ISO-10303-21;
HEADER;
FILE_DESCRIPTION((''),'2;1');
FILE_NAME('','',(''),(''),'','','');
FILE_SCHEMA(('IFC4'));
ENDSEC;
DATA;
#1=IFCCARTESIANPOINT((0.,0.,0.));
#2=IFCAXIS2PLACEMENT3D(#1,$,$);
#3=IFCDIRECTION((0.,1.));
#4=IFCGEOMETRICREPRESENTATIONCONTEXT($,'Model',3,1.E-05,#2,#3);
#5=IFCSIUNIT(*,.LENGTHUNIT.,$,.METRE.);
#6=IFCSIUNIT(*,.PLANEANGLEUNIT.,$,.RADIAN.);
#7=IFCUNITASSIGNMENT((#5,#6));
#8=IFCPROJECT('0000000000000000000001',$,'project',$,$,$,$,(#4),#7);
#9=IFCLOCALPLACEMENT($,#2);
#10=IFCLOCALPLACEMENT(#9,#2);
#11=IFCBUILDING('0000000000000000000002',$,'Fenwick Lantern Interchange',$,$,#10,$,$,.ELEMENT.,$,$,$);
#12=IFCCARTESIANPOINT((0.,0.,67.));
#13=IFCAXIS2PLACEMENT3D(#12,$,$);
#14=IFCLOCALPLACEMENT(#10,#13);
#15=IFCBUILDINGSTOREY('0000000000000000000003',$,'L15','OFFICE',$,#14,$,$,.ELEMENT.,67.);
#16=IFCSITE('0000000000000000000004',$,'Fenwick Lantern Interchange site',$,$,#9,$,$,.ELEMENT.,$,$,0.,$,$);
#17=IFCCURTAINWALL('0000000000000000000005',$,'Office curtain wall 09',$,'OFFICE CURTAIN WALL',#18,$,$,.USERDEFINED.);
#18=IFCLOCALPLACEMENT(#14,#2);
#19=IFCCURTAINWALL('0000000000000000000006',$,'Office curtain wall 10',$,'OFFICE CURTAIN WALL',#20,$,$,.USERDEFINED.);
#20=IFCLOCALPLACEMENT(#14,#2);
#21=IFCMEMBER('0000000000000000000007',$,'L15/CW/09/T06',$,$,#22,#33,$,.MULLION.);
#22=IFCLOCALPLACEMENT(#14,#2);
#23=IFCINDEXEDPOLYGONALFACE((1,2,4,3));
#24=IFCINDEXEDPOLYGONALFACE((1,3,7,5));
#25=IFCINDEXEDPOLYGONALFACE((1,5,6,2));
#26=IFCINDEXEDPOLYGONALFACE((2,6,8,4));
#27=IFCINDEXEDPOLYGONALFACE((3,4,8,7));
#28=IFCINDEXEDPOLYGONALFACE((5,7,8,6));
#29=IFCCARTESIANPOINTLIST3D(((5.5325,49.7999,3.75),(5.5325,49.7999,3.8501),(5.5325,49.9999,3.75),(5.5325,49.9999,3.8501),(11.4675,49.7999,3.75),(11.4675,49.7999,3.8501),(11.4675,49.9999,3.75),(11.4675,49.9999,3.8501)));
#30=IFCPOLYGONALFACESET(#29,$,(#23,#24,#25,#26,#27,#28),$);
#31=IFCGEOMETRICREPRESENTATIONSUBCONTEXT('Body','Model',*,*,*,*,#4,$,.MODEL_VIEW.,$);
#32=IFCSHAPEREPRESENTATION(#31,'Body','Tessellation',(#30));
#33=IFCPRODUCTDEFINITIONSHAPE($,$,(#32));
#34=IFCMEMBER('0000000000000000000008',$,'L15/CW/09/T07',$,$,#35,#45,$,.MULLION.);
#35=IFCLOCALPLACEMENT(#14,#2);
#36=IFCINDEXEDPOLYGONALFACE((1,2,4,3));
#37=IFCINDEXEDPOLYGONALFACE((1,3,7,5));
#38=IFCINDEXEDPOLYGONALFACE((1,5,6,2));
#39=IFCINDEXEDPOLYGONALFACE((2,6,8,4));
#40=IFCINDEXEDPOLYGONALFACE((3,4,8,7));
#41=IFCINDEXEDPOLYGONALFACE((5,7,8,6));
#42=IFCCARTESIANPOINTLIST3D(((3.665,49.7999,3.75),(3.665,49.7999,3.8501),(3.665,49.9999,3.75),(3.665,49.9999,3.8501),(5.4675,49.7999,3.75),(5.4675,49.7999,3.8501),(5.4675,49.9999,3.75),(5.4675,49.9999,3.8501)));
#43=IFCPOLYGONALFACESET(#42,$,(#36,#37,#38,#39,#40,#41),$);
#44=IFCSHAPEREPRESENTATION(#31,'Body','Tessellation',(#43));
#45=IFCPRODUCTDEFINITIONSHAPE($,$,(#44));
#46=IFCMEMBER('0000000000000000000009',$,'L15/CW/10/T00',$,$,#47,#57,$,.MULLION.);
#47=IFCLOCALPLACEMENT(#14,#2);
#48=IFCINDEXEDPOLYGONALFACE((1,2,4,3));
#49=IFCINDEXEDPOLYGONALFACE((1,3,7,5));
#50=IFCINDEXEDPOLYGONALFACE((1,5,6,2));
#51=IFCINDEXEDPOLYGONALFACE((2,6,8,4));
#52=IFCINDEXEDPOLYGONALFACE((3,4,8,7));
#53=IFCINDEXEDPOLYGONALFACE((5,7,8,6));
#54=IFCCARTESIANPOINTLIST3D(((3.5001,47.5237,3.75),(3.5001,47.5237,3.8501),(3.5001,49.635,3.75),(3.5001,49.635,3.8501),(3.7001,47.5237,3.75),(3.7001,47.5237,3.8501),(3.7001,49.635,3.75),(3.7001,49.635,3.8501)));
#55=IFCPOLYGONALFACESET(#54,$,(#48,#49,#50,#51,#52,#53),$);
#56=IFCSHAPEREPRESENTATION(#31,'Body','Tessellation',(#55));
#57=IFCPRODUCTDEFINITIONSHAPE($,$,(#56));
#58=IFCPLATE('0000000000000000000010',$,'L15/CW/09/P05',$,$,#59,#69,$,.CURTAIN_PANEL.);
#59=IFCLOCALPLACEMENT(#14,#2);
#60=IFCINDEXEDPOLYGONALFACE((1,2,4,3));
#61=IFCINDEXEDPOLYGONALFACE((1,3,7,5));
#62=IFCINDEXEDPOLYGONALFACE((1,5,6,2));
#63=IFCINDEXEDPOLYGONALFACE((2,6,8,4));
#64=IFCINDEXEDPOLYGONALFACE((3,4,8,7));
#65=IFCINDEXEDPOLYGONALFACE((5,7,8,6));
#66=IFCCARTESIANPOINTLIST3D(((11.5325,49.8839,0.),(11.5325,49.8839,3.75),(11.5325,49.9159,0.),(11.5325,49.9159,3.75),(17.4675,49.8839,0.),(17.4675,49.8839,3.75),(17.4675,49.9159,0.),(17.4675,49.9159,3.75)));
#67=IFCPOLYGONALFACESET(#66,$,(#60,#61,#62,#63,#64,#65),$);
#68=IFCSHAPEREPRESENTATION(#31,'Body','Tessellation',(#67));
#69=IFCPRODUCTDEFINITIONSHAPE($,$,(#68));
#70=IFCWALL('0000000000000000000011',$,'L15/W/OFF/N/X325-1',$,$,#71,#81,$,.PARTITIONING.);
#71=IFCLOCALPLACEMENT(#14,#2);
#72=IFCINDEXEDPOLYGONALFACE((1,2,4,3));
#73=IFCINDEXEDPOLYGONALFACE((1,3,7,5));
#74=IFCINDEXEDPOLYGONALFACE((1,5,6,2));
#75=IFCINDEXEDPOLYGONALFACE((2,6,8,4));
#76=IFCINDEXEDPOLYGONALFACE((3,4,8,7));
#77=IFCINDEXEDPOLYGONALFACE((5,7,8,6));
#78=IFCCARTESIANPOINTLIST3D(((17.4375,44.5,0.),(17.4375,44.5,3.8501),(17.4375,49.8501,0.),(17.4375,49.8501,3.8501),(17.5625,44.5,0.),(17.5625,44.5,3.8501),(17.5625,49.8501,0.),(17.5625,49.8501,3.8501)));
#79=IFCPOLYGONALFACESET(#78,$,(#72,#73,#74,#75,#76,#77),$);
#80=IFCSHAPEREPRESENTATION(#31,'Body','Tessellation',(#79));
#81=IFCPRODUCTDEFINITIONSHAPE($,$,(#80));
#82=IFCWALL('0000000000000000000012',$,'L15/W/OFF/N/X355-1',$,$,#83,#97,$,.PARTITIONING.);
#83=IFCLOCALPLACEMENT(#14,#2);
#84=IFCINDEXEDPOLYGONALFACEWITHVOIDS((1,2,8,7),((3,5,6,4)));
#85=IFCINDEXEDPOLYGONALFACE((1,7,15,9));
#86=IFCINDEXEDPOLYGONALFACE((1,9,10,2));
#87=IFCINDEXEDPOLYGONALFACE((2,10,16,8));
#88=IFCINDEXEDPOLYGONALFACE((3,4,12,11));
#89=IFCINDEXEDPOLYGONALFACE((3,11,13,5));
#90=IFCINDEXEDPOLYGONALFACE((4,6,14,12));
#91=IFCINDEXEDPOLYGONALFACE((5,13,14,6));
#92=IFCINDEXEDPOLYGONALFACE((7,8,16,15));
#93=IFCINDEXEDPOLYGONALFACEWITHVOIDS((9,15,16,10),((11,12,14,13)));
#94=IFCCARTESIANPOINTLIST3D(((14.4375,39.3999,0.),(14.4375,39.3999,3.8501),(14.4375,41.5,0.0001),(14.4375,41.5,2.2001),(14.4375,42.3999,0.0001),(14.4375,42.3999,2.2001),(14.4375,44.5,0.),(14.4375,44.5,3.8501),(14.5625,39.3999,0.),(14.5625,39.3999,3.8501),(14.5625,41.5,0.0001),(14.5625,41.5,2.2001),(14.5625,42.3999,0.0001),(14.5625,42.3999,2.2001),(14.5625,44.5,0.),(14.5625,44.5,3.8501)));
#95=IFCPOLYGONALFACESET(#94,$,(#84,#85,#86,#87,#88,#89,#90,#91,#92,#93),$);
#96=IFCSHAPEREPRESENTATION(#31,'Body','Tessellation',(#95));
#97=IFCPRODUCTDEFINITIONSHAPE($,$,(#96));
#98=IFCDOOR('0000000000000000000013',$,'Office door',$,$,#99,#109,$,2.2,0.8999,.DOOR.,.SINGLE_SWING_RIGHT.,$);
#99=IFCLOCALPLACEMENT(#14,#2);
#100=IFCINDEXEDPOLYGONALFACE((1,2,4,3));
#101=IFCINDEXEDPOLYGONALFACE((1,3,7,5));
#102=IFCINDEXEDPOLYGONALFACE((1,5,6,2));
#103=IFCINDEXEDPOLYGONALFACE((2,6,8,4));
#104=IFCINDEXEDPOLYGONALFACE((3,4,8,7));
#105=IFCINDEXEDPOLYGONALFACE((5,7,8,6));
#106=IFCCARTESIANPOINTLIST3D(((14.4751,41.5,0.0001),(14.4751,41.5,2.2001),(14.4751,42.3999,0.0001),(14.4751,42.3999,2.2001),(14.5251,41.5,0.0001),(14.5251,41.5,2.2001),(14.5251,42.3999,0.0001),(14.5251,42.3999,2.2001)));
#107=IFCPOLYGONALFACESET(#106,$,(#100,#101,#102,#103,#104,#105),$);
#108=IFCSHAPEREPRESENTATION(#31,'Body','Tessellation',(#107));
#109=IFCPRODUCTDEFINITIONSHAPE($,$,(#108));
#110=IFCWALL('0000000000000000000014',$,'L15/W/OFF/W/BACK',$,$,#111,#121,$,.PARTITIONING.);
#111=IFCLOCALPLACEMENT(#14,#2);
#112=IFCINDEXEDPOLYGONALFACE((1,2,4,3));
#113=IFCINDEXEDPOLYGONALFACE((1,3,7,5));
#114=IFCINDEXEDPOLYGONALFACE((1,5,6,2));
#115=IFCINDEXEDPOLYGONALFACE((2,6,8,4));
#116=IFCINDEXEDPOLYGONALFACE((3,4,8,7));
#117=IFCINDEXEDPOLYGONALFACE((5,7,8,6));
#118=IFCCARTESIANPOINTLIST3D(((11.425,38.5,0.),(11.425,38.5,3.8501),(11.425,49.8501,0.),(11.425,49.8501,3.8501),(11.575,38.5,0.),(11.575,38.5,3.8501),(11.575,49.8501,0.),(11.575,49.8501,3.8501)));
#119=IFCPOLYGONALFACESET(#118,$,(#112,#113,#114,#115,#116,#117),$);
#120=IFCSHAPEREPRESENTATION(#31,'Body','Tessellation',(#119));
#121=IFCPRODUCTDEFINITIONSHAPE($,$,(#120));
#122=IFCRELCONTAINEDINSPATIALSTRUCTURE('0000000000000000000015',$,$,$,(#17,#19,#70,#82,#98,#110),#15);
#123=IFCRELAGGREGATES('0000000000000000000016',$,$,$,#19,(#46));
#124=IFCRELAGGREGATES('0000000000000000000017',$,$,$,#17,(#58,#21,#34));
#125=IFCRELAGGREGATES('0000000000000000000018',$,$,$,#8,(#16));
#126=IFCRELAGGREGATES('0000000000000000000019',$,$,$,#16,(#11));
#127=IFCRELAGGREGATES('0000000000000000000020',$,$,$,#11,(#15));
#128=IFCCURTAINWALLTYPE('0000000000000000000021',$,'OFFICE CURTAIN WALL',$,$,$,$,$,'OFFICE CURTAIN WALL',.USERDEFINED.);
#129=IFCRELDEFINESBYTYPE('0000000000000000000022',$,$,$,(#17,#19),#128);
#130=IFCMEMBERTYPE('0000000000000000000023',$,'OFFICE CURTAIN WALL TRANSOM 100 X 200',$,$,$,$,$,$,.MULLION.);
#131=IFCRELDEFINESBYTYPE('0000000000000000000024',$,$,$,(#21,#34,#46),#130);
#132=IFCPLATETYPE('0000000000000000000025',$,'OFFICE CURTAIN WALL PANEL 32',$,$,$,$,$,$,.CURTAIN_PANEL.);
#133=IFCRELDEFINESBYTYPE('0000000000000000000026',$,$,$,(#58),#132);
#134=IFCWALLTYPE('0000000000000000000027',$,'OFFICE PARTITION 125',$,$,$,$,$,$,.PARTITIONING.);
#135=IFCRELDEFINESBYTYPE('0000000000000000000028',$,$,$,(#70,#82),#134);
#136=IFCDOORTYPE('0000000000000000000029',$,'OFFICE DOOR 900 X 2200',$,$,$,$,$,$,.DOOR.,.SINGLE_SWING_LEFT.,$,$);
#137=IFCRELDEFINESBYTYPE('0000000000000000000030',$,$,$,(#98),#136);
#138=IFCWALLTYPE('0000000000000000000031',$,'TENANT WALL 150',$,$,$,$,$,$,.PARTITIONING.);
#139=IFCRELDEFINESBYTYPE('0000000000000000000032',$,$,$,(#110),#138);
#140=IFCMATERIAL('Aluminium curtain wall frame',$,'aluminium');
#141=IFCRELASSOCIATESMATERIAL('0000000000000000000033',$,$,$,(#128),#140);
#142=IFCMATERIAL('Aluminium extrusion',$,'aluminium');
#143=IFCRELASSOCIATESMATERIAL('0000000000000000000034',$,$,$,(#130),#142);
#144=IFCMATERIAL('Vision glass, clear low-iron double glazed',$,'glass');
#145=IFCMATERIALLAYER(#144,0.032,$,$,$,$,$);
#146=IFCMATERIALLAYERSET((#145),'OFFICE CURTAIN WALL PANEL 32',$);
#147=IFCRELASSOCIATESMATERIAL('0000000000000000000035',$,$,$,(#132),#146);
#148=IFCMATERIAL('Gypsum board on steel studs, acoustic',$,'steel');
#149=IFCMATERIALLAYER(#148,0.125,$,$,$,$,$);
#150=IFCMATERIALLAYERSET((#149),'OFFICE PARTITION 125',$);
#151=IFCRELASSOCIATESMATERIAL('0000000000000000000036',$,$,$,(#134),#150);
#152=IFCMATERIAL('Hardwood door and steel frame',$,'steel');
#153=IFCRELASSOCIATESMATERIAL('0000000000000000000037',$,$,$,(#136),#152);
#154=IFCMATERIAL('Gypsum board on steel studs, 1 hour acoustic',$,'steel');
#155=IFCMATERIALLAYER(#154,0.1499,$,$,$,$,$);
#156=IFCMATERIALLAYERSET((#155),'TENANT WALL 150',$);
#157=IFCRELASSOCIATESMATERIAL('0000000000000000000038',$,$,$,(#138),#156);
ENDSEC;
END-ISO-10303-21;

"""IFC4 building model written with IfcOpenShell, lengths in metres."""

from ifc_helpers import new_model, si_unit, direction, frame, frame_2d, origin, origin_2d, place, context, subcontext, project, spatial, rectangle, extrude, material, layer, layer_set, material_profile, profile_set, type_object, element, fill, aggregate, save


model = new_model("IFC4")

# Units and contexts
model_context = context("Model", 3, precision=1e-05, world=origin(), true_north=direction((0.0, 1.0)))
body_context = subcontext(model_context, "Body", "Model", "MODEL_VIEW")
ifc_project = project(units=[si_unit("LENGTHUNIT", "METRE"), si_unit("PLANEANGLEUNIT", "RADIAN")], contexts=[model_context])

# Site, building, storey
site_placement = place(None, origin())
site = spatial("IfcSite", under=ifc_project, at=site_placement, Name="Fenwick Lantern Interchange site", CompositionType="ELEMENT", RefElevation=0.0)
building_placement = place(site_placement, origin())
building = spatial("IfcBuilding", under=site, at=building_placement, Name="Fenwick Lantern Interchange", CompositionType="ELEMENT")
storey_placement = place(building_placement, frame((0.0, 0.0, 67.0)))
storey = spatial("IfcBuildingStorey", under=building, at=storey_placement, Name="L15", Description="OFFICE", CompositionType="ELEMENT", Elevation=67.0)

# Curtain walls
ifc_material_1 = material(Name="Aluminium curtain wall frame", Category="aluminium")
curtain_wall_type = type_object("IfcCurtainWallType", Name="OFFICE CURTAIN WALL", ElementType="OFFICE CURTAIN WALL", PredefinedType="USERDEFINED", material=ifc_material_1)
curtain_wall_1_placement = place(storey_placement, origin())
curtain_wall_1 = element("IfcCurtainWall", 1, at=curtain_wall_1_placement, inside=storey, type_object=curtain_wall_type, Name="Office curtain wall 09", ObjectType="OFFICE CURTAIN WALL", PredefinedType="USERDEFINED")
ifc_material_2 = material(Name="Aluminium extrusion", Category="aluminium")
curtain_wall_2_placement = place(storey_placement, origin())
curtain_wall_2 = element("IfcCurtainWall", 2, at=curtain_wall_2_placement, inside=storey, type_object=curtain_wall_type, Name="Office curtain wall 10", ObjectType="OFFICE CURTAIN WALL", PredefinedType="USERDEFINED")

# Members
ifc_material_profile_1 = material_profile(ifc_material_2, rectangle(XDim=0.2, YDim=0.1001, at=origin_2d()), Name="OFFICE CURTAIN WALL TRANSOM 100 X 200")
ifc_profile_set_1 = profile_set([ifc_material_profile_1], Name="Aluminium extrusion")
member_type_1 = type_object("IfcMemberType", Name="OFFICE CURTAIN WALL TRANSOM 100 X 200", PredefinedType="MULLION", material=ifc_profile_set_1)
member_1_placement = place(storey_placement, frame((11.4675, 49.8999, 3.8), z_axis=(-1.0, 0.0, 0.0), x_axis=(0.0, -1.0, 0.0)))
member_1 = element("IfcMember", 3, at=member_1_placement, type_object=member_type_1, Name="L15/CW/09/T06", PredefinedType="MULLION", context=body_context, shape_type="SweptSolid", body=[
    extrude(rectangle(XDim=0.2, YDim=0.1001, at=origin_2d()), origin(), (0.0, 0.0, 1.0), 5.9351),
])
member_2_placement = place(storey_placement, frame((5.4675, 49.8999, 3.8), z_axis=(-1.0, 0.0, 0.0), x_axis=(0.0, -1.0, 0.0)))
member_2 = element("IfcMember", 4, at=member_2_placement, type_object=member_type_1, Name="L15/CW/09/T07", PredefinedType="MULLION", context=body_context, shape_type="SweptSolid", body=[
    extrude(rectangle(XDim=0.2, YDim=0.1001, at=origin_2d()), origin(), (0.0, 0.0, 1.0), 1.8025),
])
member_3_placement = place(storey_placement, frame((3.6001, 49.635, 3.8), z_axis=(0.0, -1.0, 0.0), x_axis=(1.0, 0.0, 0.0)))
member_3 = element("IfcMember", 5, at=member_3_placement, type_object=member_type_1, Name="L15/CW/10/T00", PredefinedType="MULLION", context=body_context, shape_type="SweptSolid", body=[
    extrude(rectangle(XDim=0.2, YDim=0.1001, at=origin_2d()), origin(), (0.0, 0.0, 1.0), 2.1113),
])
aggregate(curtain_wall_2, [member_3])

# Plate
ifc_material_3 = material(Name="Vision glass, clear low-iron double glazed", Category="glass")
ifc_layer_1 = layer(ifc_material_3, 0.032)
ifc_layer_set_1 = layer_set([ifc_layer_1], Name="OFFICE CURTAIN WALL PANEL 32")
plate_type = type_object("IfcPlateType", Name="OFFICE CURTAIN WALL PANEL 32", PredefinedType="CURTAIN_PANEL", material=ifc_layer_set_1)
plate_placement = place(storey_placement, frame((14.5, 49.8999, 0.0), z_axis=(0.0, 0.0, 1.0), x_axis=(-1.0, 0.0, 0.0)))
plate = element("IfcPlate", 6, at=plate_placement, type_object=plate_type, Name="L15/CW/09/P05", PredefinedType="CURTAIN_PANEL", context=body_context, shape_type="SweptSolid", body=[
    extrude(rectangle(XDim=5.9351, YDim=0.032, at=origin_2d()), origin(), (0.0, 0.0, 1.0), 3.75),
])
aggregate(curtain_wall_1, [plate, member_1, member_2])

# Wall
ifc_material_4 = material(Name="Gypsum board on steel studs, acoustic", Category="steel")
ifc_layer_2 = layer(ifc_material_4, 0.125)
ifc_layer_set_2 = layer_set([ifc_layer_2], Name="OFFICE PARTITION 125")
wall_type_1 = type_object("IfcWallType", Name="OFFICE PARTITION 125", PredefinedType="PARTITIONING", material=ifc_layer_set_2)
wall_1_placement = place(storey_placement, frame((17.5, 49.8501, 0.0), z_axis=(0.0, 0.0, 1.0), x_axis=(0.0, -1.0, 0.0)))
element("IfcWall", 7, at=wall_1_placement, inside=storey, type_object=wall_type_1, Name="L15/W/OFF/N/X325-1", PredefinedType="PARTITIONING", context=body_context, shape_type="SweptSolid", body=[
    extrude(rectangle(XDim=5.3501, YDim=0.125, at=frame_2d((2.675, 0.0))), origin(), (0.0, 0.0, 1.0), 3.8501),
])

# Wall, opening, door
wall_2_placement = place(storey_placement, frame((14.5, 44.5, 0.0), z_axis=(0.0, 0.0, 1.0), x_axis=(0.0, -1.0, 0.0)))
wall_2 = element("IfcWall", 8, at=wall_2_placement, inside=storey, type_object=wall_type_1, Name="L15/W/OFF/N/X355-1", PredefinedType="PARTITIONING", context=body_context, shape_type="SweptSolid", body=[
    extrude(rectangle(XDim=5.1001, YDim=0.125, at=frame_2d((2.55, 0.0))), origin(), (0.0, 0.0, 1.0), 3.8501),
])
opening_placement = place(wall_2_placement, frame((2.1001, 0.0, 0.0)))
opening = element("IfcOpeningElement", 9, at=opening_placement, cuts=wall_2, PredefinedType="OPENING", context=body_context, shape_type="SweptSolid", body=[
    extrude(rectangle(XDim=0.8999, YDim=2.2, at=frame_2d((0.45, 1.1001))), frame((0.0, 0.0725, 0.0), z_axis=(0.0, -1.0, 0.0), x_axis=(1.0, 0.0, 0.0)), (0.0, 0.0, 1.0), 0.145),
])
ifc_material_5 = material(Name="Hardwood door and steel frame", Category="steel")
door_type = type_object("IfcDoorType", Name="OFFICE DOOR 900 X 2200", OperationType="SINGLE_SWING_LEFT", PredefinedType="DOOR", material=ifc_material_5)
door_placement = place(opening_placement, frame((0.8999, 0.0, 0.0), z_axis=(0.0, 0.0, 1.0), x_axis=(-1.0, 0.0, 0.0)))
door = element("IfcDoor", 10, at=door_placement, inside=storey, type_object=door_type, Name="Office door", OperationType="SINGLE_SWING_RIGHT", OverallHeight=2.2, OverallWidth=0.8999, PredefinedType="DOOR", context=body_context, shape_type="SweptSolid", body=[
    extrude(rectangle(XDim=0.8999, YDim=2.2, at=frame_2d((0.45, 1.1001))), frame((0.0, 0.0249, 0.0), z_axis=(0.0, -1.0, 0.0), x_axis=(1.0, 0.0, 0.0)), (0.0, 0.0, 1.0), 0.05),
])
fill(opening, door)

# Wall
ifc_material_6 = material(Name="Gypsum board on steel studs, 1 hour acoustic", Category="steel")
ifc_layer_3 = layer(ifc_material_6, 0.1499)
ifc_layer_set_3 = layer_set([ifc_layer_3], Name="TENANT WALL 150")
wall_type_2 = type_object("IfcWallType", Name="TENANT WALL 150", PredefinedType="PARTITIONING", material=ifc_layer_set_3)
wall_3_placement = place(storey_placement, frame((11.5, 49.8501, 0.0), z_axis=(0.0, 0.0, 1.0), x_axis=(0.0, -1.0, 0.0)))
element("IfcWall", 11, at=wall_3_placement, inside=storey, type_object=wall_type_2, Name="L15/W/OFF/W/BACK", PredefinedType="PARTITIONING", context=body_context, shape_type="SweptSolid", body=[
    extrude(rectangle(XDim=11.3501, YDim=0.1499, at=frame_2d((5.675, 0.0))), origin(), (0.0, 0.0, 1.0), 3.8501),
])

save(model, "model.ifc")
